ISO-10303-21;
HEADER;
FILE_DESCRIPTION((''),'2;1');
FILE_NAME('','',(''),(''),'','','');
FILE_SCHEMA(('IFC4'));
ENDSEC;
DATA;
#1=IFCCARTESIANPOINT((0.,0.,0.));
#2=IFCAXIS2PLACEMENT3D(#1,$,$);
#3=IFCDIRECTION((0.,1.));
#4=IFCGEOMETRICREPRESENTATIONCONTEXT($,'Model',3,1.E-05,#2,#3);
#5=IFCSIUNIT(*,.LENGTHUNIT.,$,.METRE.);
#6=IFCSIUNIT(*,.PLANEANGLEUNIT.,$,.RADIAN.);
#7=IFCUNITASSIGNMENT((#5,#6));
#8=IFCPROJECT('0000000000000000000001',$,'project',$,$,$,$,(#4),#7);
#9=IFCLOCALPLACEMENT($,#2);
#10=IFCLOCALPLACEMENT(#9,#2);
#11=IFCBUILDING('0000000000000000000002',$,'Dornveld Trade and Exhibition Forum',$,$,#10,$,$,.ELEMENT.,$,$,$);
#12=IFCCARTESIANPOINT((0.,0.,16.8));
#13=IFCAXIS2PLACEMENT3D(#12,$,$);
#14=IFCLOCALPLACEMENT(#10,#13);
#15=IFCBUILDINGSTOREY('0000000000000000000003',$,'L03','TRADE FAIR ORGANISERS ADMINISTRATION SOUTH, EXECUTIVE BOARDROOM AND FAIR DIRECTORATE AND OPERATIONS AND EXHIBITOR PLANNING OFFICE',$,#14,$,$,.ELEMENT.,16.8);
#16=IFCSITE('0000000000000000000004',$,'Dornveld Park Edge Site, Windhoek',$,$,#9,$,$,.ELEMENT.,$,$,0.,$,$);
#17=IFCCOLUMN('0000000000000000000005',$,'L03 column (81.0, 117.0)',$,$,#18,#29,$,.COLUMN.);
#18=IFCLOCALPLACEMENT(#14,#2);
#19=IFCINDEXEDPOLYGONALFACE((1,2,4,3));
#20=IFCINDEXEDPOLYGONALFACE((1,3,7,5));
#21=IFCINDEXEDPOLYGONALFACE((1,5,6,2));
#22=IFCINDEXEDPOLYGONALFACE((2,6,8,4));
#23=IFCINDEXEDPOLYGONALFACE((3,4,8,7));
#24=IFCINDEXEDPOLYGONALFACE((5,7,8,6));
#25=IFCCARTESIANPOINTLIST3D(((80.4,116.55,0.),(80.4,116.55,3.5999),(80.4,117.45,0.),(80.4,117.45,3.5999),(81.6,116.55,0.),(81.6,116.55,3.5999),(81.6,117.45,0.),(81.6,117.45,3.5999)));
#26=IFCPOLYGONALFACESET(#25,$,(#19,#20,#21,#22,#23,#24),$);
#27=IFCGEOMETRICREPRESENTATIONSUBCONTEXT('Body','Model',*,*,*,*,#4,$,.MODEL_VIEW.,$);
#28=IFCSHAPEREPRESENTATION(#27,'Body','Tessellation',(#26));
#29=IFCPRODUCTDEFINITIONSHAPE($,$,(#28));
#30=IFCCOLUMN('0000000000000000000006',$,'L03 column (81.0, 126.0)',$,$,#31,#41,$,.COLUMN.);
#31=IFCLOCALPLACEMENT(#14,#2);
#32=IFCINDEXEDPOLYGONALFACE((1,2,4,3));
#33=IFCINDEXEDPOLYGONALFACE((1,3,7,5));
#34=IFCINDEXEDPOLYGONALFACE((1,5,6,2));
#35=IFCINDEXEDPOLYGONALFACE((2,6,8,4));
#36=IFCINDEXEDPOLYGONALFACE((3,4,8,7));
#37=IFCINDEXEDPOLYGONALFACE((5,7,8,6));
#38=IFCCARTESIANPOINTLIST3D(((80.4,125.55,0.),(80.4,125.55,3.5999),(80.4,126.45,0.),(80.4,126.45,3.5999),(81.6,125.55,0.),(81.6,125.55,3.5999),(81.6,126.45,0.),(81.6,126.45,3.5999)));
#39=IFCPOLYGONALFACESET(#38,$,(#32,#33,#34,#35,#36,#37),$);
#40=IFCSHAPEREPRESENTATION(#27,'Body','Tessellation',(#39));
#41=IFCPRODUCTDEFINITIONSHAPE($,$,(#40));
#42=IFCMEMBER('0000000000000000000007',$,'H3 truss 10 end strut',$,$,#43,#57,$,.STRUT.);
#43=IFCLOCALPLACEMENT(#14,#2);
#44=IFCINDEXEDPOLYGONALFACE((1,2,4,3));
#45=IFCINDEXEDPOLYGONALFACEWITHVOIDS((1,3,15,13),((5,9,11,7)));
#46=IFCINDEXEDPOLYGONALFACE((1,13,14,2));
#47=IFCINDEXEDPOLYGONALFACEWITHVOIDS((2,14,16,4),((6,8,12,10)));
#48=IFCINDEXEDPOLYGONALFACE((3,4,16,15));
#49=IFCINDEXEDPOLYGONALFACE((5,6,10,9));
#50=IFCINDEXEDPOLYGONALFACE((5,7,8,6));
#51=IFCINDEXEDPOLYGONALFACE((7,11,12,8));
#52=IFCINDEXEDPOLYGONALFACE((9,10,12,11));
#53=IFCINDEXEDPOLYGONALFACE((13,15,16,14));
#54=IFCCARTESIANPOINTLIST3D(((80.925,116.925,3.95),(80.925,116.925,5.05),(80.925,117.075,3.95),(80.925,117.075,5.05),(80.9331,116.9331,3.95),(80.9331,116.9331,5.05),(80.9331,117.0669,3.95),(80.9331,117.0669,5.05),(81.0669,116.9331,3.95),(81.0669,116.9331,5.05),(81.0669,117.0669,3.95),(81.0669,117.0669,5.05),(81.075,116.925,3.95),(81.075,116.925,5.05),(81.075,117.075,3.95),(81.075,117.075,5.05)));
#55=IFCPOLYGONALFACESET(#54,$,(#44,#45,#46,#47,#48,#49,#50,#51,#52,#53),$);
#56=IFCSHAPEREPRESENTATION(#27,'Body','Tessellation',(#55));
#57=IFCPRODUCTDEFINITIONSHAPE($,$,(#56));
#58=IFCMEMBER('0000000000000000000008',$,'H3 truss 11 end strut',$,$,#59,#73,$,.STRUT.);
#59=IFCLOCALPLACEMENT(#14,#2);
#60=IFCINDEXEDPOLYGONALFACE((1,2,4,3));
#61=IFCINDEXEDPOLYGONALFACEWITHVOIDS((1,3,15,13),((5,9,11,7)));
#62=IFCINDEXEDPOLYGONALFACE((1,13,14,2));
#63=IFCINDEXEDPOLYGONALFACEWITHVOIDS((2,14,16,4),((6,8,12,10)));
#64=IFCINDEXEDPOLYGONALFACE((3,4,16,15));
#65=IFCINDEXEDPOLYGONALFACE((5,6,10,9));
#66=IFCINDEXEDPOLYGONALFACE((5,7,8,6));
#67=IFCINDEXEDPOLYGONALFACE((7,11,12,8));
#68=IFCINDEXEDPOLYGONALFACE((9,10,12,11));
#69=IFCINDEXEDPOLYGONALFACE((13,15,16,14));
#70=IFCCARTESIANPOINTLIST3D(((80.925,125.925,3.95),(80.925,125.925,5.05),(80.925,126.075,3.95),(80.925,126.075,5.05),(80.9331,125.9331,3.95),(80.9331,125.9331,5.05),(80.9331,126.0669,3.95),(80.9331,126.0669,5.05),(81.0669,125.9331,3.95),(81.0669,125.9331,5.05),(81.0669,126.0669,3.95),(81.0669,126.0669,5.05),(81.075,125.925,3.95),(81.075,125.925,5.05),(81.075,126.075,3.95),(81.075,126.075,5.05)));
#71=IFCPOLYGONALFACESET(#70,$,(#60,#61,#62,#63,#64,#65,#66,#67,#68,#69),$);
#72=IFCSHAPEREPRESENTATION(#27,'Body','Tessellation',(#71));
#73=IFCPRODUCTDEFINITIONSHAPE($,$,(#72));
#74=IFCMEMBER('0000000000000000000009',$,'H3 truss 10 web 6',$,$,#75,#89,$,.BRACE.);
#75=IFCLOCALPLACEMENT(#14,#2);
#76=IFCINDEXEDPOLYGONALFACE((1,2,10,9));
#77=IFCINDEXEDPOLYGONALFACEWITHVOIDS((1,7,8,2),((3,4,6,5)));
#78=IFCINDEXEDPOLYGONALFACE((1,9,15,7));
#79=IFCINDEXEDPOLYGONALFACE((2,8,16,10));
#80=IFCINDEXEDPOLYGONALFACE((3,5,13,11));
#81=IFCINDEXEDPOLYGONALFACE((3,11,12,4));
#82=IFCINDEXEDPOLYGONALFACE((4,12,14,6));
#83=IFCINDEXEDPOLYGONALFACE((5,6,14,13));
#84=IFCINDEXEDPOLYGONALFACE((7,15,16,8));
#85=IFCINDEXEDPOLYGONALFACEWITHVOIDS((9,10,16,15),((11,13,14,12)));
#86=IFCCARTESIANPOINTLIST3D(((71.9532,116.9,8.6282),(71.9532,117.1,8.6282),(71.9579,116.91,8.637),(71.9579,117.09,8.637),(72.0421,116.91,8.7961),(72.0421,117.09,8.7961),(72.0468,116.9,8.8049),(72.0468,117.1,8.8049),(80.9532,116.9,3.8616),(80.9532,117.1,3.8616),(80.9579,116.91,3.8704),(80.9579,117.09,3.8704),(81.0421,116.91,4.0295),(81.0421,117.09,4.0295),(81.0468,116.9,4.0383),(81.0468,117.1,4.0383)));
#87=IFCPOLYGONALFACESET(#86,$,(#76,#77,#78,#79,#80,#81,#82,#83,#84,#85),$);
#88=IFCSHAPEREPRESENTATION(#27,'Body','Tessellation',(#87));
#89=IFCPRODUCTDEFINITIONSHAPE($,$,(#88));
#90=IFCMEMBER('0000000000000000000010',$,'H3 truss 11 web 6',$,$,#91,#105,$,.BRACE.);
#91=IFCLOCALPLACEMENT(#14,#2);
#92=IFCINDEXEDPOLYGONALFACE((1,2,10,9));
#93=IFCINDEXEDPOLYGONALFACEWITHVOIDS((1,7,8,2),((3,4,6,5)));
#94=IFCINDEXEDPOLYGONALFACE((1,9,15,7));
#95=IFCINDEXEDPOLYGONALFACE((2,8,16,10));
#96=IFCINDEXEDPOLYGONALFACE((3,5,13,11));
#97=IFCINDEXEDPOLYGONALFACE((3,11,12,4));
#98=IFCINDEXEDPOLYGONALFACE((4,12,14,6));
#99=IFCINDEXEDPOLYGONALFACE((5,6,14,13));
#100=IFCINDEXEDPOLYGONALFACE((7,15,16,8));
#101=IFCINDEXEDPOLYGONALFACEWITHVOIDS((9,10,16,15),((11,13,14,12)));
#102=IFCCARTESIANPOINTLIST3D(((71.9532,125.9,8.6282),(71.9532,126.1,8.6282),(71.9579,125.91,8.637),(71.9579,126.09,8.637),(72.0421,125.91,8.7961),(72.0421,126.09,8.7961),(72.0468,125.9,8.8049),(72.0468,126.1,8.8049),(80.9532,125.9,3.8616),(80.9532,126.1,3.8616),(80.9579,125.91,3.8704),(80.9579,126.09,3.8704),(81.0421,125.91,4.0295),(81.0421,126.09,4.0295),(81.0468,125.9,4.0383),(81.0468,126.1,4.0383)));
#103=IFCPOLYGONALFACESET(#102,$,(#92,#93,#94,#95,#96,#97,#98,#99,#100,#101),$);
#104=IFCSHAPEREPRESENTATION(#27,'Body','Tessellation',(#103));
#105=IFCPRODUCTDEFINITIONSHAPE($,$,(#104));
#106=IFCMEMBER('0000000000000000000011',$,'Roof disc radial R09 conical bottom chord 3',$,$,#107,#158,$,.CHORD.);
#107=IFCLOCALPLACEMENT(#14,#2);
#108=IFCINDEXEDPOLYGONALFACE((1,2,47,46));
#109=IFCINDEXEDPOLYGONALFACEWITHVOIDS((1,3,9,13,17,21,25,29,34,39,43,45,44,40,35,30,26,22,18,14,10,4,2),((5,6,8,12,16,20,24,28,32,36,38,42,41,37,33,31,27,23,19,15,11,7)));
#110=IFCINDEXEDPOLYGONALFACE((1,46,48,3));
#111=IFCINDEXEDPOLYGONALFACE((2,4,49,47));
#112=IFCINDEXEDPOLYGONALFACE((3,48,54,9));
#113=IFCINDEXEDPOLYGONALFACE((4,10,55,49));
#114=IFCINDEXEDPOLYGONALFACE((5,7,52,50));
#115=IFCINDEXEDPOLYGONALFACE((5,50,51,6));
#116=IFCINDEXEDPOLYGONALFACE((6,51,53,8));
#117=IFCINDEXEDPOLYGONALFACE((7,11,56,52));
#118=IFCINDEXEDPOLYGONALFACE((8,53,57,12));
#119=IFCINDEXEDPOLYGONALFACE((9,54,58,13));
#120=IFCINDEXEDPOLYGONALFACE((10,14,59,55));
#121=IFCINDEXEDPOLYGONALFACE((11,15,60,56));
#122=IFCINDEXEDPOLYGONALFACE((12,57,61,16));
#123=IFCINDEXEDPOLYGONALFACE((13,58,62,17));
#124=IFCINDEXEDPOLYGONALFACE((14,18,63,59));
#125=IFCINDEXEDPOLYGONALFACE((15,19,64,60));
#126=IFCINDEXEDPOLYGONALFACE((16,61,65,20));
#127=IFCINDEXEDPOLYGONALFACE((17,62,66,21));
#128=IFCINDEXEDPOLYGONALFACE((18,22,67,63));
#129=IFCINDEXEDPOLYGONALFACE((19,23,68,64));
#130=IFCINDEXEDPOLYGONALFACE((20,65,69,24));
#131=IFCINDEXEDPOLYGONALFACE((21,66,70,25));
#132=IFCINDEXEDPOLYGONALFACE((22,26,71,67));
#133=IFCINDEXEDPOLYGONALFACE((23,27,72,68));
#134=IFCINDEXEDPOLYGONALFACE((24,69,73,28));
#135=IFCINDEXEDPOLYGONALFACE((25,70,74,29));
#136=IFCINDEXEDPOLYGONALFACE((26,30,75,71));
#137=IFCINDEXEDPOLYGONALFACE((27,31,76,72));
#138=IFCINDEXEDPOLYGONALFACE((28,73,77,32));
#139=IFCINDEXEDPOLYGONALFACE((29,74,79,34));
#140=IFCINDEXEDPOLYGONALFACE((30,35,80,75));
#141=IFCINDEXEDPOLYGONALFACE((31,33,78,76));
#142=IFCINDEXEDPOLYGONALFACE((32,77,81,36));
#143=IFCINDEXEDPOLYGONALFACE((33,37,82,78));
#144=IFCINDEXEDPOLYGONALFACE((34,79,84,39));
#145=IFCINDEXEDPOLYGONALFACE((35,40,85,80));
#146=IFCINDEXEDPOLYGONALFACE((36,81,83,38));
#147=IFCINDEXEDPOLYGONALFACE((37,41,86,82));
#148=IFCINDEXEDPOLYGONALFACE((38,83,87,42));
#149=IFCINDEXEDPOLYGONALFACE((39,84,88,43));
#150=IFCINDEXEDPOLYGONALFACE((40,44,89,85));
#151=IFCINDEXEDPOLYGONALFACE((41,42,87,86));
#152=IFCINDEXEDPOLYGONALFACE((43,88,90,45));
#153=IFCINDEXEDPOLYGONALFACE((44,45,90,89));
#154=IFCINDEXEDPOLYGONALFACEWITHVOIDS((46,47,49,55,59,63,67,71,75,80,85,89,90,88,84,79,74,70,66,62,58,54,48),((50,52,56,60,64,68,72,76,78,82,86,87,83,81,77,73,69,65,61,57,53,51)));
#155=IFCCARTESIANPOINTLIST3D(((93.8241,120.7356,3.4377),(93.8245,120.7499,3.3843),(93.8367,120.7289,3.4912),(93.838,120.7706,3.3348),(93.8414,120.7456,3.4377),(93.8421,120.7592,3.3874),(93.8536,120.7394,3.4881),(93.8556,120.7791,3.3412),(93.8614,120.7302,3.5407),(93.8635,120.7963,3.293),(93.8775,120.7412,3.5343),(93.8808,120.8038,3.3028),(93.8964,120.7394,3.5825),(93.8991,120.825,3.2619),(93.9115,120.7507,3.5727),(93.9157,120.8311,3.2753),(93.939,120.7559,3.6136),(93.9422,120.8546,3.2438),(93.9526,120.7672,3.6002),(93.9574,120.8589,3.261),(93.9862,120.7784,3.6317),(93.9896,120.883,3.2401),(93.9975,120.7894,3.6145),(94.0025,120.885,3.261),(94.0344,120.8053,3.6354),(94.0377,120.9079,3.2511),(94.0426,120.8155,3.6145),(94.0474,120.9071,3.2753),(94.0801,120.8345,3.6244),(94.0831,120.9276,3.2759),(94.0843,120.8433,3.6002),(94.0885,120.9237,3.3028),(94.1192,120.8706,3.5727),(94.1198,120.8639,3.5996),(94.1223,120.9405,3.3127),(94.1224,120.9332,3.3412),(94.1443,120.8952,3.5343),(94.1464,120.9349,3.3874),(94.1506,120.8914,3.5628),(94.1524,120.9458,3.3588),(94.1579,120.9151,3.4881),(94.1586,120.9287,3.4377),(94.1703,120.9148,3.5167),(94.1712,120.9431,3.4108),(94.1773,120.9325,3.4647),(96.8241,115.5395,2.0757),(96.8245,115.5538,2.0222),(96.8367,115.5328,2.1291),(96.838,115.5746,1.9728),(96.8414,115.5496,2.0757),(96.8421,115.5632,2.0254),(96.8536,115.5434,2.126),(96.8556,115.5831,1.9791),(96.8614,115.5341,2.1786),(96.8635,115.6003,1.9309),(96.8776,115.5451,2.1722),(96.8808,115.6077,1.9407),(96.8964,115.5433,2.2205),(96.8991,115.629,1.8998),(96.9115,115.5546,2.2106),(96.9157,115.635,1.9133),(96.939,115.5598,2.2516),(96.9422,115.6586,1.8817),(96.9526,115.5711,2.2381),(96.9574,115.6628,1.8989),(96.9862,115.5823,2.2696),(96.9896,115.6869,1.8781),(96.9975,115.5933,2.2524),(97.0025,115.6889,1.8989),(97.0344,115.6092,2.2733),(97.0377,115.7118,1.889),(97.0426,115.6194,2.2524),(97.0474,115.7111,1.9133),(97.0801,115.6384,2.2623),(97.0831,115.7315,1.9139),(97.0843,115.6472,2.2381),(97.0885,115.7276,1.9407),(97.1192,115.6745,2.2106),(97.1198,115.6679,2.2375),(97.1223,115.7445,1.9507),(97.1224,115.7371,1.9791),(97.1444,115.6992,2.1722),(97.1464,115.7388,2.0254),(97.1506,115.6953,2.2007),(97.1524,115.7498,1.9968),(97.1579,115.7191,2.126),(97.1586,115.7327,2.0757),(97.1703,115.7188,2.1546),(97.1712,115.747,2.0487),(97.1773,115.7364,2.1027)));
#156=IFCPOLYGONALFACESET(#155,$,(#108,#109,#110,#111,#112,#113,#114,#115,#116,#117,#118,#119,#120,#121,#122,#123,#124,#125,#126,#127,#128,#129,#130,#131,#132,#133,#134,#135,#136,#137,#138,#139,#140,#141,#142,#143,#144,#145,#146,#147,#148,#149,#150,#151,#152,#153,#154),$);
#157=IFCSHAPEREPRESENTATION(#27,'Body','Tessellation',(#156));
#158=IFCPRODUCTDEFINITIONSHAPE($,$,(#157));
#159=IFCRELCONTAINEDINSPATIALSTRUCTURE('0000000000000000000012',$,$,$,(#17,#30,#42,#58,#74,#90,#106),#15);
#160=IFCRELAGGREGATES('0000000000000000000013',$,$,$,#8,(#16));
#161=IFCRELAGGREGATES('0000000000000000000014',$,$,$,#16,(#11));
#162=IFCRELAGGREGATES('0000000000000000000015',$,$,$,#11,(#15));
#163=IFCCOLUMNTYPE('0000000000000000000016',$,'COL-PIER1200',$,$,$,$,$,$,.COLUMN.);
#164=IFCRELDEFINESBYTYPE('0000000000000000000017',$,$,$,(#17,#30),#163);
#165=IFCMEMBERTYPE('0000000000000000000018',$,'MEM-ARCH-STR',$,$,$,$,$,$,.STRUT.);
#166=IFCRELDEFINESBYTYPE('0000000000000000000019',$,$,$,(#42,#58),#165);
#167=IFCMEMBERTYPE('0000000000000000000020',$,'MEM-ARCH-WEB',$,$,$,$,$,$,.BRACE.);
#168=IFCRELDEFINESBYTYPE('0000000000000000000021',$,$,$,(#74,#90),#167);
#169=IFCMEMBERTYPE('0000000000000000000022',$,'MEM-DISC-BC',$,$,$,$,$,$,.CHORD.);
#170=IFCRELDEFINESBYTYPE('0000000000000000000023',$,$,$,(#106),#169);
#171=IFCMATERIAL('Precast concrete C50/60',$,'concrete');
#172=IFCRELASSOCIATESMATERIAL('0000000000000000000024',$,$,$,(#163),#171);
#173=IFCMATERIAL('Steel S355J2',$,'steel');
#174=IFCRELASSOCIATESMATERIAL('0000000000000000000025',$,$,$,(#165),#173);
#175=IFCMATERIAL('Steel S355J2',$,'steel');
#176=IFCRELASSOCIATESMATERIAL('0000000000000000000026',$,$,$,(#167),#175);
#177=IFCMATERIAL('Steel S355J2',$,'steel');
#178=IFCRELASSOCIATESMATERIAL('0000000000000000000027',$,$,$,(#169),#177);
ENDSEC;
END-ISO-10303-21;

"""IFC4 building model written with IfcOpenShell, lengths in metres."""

from ifc_helpers import new_model, si_unit, direction, frame, origin, origin_2d, place, context, subcontext, project, spatial, rectangle, hollow_rectangle, hollow_circle, extrude, material, material_profile, profile_set, type_object, element, save


model = new_model("IFC4")

# Units and contexts
model_context = context("Model", 3, precision=1e-05, world=origin(), true_north=direction((0.0, 1.0)))
body_context = subcontext(model_context, "Body", "Model", "MODEL_VIEW")
ifc_project = project(units=[si_unit("LENGTHUNIT", "METRE"), si_unit("PLANEANGLEUNIT", "RADIAN")], contexts=[model_context])

# Site, building, storey
site_placement = place(None, origin())
site = spatial("IfcSite", under=ifc_project, at=site_placement, Name="Dornveld Park Edge Site, Windhoek", CompositionType="ELEMENT", RefElevation=0.0)
building_placement = place(site_placement, origin())
building = spatial("IfcBuilding", under=site, at=building_placement, Name="Dornveld Trade and Exhibition Forum", CompositionType="ELEMENT")
storey_placement = place(building_placement, frame((0.0, 0.0, 16.8)))
storey = spatial("IfcBuildingStorey", under=building, at=storey_placement, Name="L03", Description="TRADE FAIR ORGANISERS ADMINISTRATION SOUTH, EXECUTIVE BOARDROOM AND FAIR DIRECTORATE AND OPERATIONS AND EXHIBITOR PLANNING OFFICE", CompositionType="ELEMENT", Elevation=16.8)

# Columns
ifc_material_1 = material(Name="Precast concrete C50/60", Category="concrete")
ifc_material_profile_1 = material_profile(ifc_material_1, rectangle(XDim=1.2, YDim=0.8999, at=origin_2d()), Name="PC-PIER 1200x900")
ifc_profile_set_1 = profile_set([ifc_material_profile_1], Name="Precast concrete C50/60")
column_type = type_object("IfcColumnType", Name="COL-PIER1200", PredefinedType="COLUMN", material=ifc_profile_set_1)
for number, where, z_axis, x_axis, name in (
    (1, (81.0, 117.0, 0.0), (0.0, 0.0, 1.0), (1.0, 0.0, 0.0), "L03 column (81.0, 117.0)"),
    (2, (81.0, 126.0, 0.0), (0.0, 0.0, 1.0), (1.0, 0.0, 0.0), "L03 column (81.0, 126.0)"),
):
    element("IfcColumn", number, at=place(storey_placement, frame(where, z_axis=z_axis, x_axis=x_axis)), inside=storey, type_object=column_type, Name=name, PredefinedType="COLUMN", context=body_context, shape_type="SweptSolid", body=[
        extrude(rectangle(XDim=1.2, YDim=0.8999, at=origin_2d()), origin(), (0.0, 0.0, 1.0), 3.5999),
    ])

# Members
ifc_material_2 = material(Name="Steel S355J2", Category="steel")
ifc_material_profile_2 = material_profile(ifc_material_2, hollow_rectangle(XDim=0.1499, YDim=0.1499, WallThickness=0.0081, at=origin_2d()), Name="SHS 150x150x8")
ifc_profile_set_2 = profile_set([ifc_material_profile_2], Name="Steel S355J2")
member_type_1 = type_object("IfcMemberType", Name="MEM-ARCH-STR", PredefinedType="STRUT", material=ifc_profile_set_2)
for number, where, z_axis, x_axis, name in (
    (3, (81.0, 117.0, 3.95), (0.0, 0.0, 1.0), (1.0, 0.0, 0.0), "H3 truss 10 end strut"),
    (4, (81.0, 126.0, 3.95), (0.0, 0.0, 1.0), (1.0, 0.0, 0.0), "H3 truss 11 end strut"),
):
    element("IfcMember", number, at=place(storey_placement, frame(where, z_axis=z_axis, x_axis=x_axis)), inside=storey, type_object=member_type_1, Name=name, PredefinedType="STRUT", context=body_context, shape_type="SweptSolid", body=[
        extrude(hollow_rectangle(XDim=0.1499, YDim=0.1499, WallThickness=0.0081, at=origin_2d()), origin(), (0.0, 0.0, 1.0), 1.1001),
    ])
ifc_material_3 = material(Name="Steel S355J2", Category="steel")
ifc_material_profile_3 = material_profile(ifc_material_3, hollow_rectangle(XDim=0.2, YDim=0.2, WallThickness=0.01, at=origin_2d()), Name="SHS 200x200x10")
ifc_profile_set_3 = profile_set([ifc_material_profile_3], Name="Steel S355J2")
member_type_2 = type_object("IfcMemberType", Name="MEM-ARCH-WEB", PredefinedType="BRACE", material=ifc_profile_set_3)
for number, where, z_axis, x_axis, name in (
    (5, (81.0, 117.0, 3.95), (-0.883711, 0.0, 0.468033), (0.0, -1.0, 0.0), "H3 truss 10 web 6"),
    (6, (81.0, 126.0, 3.95), (-0.883711, 0.0, 0.468033), (0.0, -1.0, 0.0), "H3 truss 11 web 6"),
):
    element("IfcMember", number, at=place(storey_placement, frame(where, z_axis=z_axis, x_axis=x_axis)), inside=storey, type_object=member_type_2, Name=name, PredefinedType="BRACE", context=body_context, shape_type="SweptSolid", body=[
        extrude(hollow_rectangle(XDim=0.2, YDim=0.2, WallThickness=0.01, at=origin_2d()), origin(), (0.0, 0.0, 1.0), 10.1843),
    ])
ifc_material_4 = material(Name="Steel S355J2", Category="steel")
ifc_material_profile_4 = material_profile(ifc_material_4, hollow_circle(Radius=0.2031, WallThickness=0.02, at=origin_2d()), Name="CHS 406.4x20")
ifc_profile_set_4 = profile_set([ifc_material_profile_4], Name="Steel S355J2")
member_type_3 = type_object("IfcMemberType", Name="MEM-DISC-BC", PredefinedType="CHORD", material=ifc_profile_set_4)
for number, where, z_axis, x_axis, name in (
    (7, (97.0, 115.6411, 2.0757), (-0.487601, 0.844533, 0.221381), (-0.866021, -0.500008, 0.0), "Roof disc radial R09 conical bottom chord 3"),
):
    element("IfcMember", number, at=place(storey_placement, frame(where, z_axis=z_axis, x_axis=x_axis)), inside=storey, type_object=member_type_3, Name=name, PredefinedType="CHORD", context=body_context, shape_type="SweptSolid", body=[
        extrude(hollow_circle(Radius=0.2031, WallThickness=0.02, at=origin_2d()), origin(), (0.0, 0.0, 1.0), 6.1526),
    ])

save(model, "model.ifc")
